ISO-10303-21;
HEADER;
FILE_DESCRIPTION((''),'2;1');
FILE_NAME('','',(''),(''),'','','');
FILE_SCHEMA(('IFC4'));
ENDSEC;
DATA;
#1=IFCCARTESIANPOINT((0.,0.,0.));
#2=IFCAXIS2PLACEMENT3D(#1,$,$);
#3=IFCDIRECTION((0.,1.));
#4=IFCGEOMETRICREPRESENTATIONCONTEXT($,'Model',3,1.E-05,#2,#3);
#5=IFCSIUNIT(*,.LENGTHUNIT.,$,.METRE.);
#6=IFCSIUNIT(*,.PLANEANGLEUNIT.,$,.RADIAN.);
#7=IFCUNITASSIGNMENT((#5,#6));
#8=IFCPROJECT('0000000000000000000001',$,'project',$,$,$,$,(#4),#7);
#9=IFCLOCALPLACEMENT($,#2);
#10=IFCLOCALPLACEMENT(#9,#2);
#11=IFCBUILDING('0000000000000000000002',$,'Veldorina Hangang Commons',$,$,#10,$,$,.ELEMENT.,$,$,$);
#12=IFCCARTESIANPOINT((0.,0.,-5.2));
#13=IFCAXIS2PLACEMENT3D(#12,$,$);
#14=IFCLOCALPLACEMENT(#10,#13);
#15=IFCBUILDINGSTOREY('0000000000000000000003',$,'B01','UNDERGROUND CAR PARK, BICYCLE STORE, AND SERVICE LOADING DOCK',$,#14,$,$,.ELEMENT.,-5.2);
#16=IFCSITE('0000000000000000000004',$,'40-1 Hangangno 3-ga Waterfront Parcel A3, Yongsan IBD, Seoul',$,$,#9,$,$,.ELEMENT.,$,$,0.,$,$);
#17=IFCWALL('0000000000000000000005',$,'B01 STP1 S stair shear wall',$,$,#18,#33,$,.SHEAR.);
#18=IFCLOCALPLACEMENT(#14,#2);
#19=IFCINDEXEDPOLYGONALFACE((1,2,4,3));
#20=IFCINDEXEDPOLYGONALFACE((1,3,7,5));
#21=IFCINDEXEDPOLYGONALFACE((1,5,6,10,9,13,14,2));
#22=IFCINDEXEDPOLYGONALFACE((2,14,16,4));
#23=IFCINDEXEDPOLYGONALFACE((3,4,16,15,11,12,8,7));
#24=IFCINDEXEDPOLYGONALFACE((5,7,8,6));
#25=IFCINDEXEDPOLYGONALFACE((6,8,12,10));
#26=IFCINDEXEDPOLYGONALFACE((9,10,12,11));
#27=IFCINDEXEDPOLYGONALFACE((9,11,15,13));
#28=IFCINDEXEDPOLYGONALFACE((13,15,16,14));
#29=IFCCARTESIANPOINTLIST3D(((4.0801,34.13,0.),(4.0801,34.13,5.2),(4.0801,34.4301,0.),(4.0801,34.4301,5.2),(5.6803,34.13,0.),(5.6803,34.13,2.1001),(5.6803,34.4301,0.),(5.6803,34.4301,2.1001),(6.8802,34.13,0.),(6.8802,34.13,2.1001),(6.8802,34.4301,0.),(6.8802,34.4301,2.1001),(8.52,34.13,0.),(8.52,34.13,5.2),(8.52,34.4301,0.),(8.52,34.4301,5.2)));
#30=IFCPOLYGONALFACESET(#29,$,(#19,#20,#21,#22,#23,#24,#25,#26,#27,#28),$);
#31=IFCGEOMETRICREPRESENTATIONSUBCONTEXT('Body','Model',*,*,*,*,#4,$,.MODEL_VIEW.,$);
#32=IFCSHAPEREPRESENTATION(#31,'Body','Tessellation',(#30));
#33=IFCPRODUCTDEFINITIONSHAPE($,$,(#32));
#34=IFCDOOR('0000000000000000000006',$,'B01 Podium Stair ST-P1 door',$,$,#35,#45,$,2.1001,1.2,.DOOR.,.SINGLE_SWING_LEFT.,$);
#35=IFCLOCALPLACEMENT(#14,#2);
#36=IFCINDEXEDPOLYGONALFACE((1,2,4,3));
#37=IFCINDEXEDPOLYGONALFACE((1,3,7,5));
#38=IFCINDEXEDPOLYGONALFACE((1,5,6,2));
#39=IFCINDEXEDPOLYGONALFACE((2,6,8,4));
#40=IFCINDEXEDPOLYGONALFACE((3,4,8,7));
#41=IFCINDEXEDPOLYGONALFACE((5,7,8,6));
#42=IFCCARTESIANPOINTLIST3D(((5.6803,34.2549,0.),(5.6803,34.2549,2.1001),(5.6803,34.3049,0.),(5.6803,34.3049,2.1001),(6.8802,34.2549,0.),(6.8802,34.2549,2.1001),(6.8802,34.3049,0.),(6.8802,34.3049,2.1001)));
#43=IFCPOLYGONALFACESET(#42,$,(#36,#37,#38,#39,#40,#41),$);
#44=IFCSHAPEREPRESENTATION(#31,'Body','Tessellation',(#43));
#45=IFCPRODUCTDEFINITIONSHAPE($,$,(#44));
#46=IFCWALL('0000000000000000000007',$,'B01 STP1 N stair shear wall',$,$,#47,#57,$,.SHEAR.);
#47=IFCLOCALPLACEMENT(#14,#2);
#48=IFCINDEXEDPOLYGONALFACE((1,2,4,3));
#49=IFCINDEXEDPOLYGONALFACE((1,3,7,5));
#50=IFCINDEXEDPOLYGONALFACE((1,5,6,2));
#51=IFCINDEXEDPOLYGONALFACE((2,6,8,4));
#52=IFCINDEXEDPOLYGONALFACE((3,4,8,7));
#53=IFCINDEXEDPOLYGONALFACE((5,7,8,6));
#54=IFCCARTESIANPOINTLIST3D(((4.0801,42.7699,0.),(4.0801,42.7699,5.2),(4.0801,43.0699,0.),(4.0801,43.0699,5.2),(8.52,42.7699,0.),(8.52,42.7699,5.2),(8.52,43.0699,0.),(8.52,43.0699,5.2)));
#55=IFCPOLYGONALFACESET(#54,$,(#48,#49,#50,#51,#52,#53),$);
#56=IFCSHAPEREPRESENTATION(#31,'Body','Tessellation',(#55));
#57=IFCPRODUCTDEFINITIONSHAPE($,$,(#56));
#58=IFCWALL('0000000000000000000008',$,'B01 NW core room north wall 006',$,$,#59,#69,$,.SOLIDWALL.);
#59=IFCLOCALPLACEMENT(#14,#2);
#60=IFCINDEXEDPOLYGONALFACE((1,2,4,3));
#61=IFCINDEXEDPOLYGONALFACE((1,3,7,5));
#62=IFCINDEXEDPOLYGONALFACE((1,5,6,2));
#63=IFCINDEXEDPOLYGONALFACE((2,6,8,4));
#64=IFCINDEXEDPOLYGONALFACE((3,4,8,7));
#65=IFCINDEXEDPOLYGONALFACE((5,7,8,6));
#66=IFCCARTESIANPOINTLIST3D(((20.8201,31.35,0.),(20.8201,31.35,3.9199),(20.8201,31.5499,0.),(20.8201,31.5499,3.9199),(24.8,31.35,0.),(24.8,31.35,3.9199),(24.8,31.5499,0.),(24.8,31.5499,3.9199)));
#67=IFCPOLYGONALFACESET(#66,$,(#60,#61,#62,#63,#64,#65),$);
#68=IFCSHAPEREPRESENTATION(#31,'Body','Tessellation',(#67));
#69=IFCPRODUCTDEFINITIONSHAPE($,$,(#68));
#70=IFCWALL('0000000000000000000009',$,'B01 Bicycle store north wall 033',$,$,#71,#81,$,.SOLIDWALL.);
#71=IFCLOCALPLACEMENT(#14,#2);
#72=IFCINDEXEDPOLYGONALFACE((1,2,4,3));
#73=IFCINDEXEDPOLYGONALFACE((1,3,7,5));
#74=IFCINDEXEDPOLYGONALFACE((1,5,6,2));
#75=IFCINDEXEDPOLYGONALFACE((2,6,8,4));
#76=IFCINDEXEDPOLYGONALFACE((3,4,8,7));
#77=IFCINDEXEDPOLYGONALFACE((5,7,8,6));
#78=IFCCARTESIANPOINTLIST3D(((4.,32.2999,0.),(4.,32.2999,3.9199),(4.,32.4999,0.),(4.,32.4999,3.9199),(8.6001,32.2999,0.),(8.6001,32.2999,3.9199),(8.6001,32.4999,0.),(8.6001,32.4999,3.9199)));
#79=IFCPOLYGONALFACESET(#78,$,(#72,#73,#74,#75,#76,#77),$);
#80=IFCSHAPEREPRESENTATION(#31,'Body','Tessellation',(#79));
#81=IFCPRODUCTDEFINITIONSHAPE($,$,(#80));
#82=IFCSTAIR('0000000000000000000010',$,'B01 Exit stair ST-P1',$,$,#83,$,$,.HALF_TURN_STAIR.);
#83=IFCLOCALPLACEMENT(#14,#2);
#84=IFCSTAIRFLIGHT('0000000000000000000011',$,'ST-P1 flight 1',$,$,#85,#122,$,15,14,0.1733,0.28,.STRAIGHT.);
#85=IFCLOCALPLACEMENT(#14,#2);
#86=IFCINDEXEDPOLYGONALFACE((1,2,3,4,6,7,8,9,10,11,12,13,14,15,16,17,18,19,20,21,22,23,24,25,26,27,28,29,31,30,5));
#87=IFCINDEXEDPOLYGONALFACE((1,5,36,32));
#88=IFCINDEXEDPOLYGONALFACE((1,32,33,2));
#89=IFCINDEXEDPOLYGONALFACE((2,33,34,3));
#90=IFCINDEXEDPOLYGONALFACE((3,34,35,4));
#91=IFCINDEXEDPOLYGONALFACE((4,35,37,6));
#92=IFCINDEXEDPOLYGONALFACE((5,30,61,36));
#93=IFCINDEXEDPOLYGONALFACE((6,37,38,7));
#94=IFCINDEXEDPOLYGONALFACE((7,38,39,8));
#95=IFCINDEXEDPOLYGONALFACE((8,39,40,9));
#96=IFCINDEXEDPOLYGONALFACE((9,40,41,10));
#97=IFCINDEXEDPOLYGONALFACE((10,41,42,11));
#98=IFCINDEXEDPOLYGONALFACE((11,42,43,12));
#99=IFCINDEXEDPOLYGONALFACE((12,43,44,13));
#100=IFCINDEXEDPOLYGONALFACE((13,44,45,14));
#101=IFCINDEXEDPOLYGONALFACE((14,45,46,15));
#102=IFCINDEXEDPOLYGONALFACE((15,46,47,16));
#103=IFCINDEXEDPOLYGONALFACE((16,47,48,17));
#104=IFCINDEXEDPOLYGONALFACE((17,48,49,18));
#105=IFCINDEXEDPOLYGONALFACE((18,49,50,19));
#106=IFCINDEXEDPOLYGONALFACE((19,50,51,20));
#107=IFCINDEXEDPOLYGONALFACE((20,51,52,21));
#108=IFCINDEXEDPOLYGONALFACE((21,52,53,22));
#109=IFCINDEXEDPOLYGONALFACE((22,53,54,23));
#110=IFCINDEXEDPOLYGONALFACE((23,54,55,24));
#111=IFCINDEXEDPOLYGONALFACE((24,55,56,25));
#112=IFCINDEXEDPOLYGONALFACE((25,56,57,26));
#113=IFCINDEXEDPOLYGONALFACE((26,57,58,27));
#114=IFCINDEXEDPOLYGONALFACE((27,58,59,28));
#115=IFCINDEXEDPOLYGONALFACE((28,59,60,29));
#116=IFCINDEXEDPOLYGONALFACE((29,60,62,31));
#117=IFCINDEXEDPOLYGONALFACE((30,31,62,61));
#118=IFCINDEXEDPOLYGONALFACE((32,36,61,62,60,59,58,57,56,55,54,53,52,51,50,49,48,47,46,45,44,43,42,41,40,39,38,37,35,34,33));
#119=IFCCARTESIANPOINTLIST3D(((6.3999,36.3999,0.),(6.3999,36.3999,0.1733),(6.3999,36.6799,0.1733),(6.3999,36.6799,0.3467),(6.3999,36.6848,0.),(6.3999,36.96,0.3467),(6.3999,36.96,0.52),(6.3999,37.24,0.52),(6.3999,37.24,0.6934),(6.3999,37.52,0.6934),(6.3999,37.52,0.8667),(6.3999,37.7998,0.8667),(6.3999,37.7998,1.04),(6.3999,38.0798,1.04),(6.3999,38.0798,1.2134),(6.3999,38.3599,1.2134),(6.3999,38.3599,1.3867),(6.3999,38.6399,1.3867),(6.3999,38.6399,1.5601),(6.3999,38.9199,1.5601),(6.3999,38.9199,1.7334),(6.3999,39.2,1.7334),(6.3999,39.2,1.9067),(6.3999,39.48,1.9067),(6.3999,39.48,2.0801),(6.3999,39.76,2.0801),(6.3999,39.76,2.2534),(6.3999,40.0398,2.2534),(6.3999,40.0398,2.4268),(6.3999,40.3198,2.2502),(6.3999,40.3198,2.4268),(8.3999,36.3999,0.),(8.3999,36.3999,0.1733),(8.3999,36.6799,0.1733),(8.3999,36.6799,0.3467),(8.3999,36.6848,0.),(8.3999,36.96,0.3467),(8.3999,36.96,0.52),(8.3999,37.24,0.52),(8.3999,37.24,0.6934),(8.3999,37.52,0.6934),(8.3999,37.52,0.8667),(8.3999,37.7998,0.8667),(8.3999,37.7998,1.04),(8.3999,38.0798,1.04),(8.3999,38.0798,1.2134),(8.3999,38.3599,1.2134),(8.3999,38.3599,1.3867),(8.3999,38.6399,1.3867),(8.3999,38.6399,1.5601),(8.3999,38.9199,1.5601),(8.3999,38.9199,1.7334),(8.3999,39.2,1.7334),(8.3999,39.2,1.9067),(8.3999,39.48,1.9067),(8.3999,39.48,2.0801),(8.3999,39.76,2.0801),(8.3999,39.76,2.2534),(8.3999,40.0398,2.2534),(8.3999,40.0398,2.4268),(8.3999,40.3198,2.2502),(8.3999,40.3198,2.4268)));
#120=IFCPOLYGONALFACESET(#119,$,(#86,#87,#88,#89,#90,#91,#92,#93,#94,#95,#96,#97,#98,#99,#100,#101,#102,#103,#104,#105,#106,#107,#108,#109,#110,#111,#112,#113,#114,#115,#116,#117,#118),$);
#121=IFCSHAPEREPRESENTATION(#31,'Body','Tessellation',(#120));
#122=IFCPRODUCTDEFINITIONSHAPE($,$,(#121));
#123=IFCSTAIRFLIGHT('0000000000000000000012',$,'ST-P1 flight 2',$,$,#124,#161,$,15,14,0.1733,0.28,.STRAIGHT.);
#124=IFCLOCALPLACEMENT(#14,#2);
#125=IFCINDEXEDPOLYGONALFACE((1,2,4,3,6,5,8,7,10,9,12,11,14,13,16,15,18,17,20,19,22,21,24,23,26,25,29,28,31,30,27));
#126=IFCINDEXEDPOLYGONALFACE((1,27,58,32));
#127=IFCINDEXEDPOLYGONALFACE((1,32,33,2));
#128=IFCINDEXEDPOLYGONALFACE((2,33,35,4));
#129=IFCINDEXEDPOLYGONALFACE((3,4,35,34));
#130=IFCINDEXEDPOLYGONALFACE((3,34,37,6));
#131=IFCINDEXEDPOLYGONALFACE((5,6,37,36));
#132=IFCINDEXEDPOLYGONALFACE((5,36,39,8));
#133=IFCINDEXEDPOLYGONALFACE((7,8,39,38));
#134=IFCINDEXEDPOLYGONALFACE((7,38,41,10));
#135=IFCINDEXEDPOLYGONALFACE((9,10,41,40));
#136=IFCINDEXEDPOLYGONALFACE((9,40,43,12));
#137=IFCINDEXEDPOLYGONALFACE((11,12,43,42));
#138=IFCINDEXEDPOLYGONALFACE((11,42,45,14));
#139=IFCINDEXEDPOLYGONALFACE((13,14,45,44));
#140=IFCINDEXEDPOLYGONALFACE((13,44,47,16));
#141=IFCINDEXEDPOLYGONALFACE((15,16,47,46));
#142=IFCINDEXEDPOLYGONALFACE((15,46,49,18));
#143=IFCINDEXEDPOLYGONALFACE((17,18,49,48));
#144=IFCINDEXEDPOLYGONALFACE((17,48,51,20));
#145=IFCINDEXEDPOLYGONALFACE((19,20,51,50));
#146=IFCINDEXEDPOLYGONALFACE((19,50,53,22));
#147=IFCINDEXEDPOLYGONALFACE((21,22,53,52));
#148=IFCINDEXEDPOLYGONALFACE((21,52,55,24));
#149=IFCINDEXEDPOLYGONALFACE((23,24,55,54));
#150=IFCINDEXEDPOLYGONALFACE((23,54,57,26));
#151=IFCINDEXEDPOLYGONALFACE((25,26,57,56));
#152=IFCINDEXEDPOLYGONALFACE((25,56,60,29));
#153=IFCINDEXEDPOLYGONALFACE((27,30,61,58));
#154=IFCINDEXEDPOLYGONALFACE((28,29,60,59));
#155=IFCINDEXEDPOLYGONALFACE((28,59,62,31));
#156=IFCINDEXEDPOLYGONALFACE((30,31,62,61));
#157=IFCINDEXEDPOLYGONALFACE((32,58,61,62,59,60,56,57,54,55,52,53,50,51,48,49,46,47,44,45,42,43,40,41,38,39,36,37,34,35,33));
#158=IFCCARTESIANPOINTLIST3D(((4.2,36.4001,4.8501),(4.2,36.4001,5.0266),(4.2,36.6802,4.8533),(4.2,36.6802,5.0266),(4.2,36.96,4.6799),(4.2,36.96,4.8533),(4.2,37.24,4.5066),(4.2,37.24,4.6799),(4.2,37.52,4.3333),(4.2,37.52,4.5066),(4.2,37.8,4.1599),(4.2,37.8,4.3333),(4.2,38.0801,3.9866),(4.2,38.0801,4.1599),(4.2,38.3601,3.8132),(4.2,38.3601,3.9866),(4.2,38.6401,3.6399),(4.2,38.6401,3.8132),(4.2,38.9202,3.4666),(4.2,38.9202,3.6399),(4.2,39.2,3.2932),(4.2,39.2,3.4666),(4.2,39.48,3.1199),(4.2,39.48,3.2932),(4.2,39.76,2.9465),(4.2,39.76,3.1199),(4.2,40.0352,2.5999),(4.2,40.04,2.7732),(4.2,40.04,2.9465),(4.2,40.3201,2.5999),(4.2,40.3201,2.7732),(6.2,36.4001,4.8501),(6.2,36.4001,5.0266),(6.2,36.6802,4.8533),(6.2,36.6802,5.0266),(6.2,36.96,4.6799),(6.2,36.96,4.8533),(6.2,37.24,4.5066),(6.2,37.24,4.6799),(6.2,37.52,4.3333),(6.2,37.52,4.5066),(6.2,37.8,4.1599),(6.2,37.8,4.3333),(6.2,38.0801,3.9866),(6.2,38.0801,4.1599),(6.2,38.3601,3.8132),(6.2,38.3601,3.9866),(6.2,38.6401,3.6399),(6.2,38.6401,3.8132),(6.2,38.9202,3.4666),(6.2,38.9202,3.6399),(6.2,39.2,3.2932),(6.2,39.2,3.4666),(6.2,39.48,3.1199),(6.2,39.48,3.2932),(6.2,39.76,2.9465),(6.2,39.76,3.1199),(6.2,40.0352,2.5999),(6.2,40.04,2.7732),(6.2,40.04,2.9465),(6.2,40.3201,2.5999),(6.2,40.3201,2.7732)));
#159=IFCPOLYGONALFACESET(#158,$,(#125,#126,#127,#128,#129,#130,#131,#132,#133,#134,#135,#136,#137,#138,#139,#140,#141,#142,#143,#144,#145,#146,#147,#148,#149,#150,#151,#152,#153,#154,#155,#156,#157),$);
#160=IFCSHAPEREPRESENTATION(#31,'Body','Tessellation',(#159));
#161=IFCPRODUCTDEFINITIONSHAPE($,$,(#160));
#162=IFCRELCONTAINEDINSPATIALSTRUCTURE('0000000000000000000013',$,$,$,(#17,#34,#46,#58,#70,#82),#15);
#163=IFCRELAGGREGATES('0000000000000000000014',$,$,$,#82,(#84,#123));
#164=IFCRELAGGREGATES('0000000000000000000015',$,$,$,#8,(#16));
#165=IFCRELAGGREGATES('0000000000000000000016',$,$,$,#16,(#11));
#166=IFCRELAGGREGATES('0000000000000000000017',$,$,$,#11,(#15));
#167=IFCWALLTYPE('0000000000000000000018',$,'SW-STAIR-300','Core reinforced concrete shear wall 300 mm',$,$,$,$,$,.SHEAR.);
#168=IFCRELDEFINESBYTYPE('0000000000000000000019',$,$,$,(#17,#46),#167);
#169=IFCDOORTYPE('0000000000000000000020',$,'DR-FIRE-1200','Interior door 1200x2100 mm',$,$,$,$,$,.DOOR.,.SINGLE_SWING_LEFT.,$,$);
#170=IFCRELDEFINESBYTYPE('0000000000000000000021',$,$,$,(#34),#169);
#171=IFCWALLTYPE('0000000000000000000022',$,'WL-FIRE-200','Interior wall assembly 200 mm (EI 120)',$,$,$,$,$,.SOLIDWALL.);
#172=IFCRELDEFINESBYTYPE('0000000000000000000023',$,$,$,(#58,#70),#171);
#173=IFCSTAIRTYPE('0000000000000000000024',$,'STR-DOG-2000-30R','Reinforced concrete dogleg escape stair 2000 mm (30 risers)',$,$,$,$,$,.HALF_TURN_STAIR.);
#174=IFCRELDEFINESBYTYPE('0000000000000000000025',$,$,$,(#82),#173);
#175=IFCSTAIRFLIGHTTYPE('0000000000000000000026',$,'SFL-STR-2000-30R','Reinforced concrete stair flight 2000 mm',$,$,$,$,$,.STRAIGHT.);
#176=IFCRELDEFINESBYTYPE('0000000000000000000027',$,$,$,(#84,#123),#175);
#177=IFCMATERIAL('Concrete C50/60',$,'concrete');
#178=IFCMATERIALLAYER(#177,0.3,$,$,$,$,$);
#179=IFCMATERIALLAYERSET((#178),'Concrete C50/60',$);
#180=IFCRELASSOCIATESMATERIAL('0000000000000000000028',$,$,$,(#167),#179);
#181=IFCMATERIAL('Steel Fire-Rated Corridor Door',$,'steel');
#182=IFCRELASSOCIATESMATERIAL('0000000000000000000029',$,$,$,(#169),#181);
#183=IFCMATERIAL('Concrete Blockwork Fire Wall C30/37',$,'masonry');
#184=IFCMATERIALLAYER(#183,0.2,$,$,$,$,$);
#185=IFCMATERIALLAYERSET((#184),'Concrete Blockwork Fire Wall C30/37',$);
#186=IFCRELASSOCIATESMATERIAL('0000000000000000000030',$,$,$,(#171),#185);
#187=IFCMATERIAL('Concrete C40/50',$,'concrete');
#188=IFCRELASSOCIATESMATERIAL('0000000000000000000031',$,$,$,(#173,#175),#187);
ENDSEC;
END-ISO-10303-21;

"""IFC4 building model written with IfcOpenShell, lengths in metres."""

from ifc_helpers import new_model, si_unit, direction, frame, frame_2d, origin, place, context, subcontext, project, spatial, polyline, rectangle, outline, extrude, material, layer, layer_set, type_object, element, fill, aggregate, save


model = new_model("IFC4")

# Units and contexts
model_context = context("Model", 3, precision=1e-05, world=origin(), true_north=direction((0.0, 1.0)))
body_context = subcontext(model_context, "Body", "Model", "MODEL_VIEW")
ifc_project = project(units=[si_unit("LENGTHUNIT", "METRE"), si_unit("PLANEANGLEUNIT", "RADIAN")], contexts=[model_context])

# Site, building, storey
site_placement = place(None, origin())
site = spatial("IfcSite", under=ifc_project, at=site_placement, Name="40-1 Hangangno 3-ga Waterfront Parcel A3, Yongsan IBD, Seoul", CompositionType="ELEMENT", RefElevation=0.0)
building_placement = place(site_placement, origin())
building = spatial("IfcBuilding", under=site, at=building_placement, Name="Veldorina Hangang Commons", CompositionType="ELEMENT")
storey_placement = place(building_placement, frame((0.0, 0.0, -5.2)))
storey = spatial("IfcBuildingStorey", under=building, at=storey_placement, Name="B01", Description="UNDERGROUND CAR PARK, BICYCLE STORE, AND SERVICE LOADING DOCK", CompositionType="ELEMENT", Elevation=-5.2)

# Shared definitions
ifc_material_1 = material(Name="Concrete C50/60", Category="concrete")

# Shared definitions
ifc_layer_1 = layer(ifc_material_1, 0.3)
ifc_layer_set_1 = layer_set([ifc_layer_1], Name="Concrete C50/60")
wall_type_1 = type_object("IfcWallType", Name="SW-STAIR-300", Description="Core reinforced concrete shear wall 300 mm", PredefinedType="SHEAR", material=ifc_layer_set_1)

# Wall, opening, door
wall_1_placement = place(storey_placement, frame((4.0801, 34.28, 0.0), z_axis=(0.0, 0.0, 1.0), x_axis=(1.0, 0.0, 0.0)))
wall_1 = element("IfcWall", 1, at=wall_1_placement, inside=storey, type_object=wall_type_1, Name="B01 STP1 S stair shear wall", PredefinedType="SHEAR", context=body_context, shape_type="SweptSolid", body=[
    extrude(rectangle(XDim=4.4399, YDim=0.3, at=frame_2d((2.22, 0.0))), origin(), (0.0, 0.0, 1.0), 5.2),
])
opening_placement = place(wall_1_placement, frame((1.6001, 0.0, 0.0)))
opening = element("IfcOpeningElement", 2, at=opening_placement, cuts=wall_1, PredefinedType="OPENING", context=body_context, shape_type="SweptSolid", body=[
    extrude(rectangle(XDim=1.2, YDim=2.1001, at=frame_2d((0.6001, 1.05))), frame((0.0, 0.1602, 0.0), z_axis=(0.0, -1.0, 0.0), x_axis=(1.0, 0.0, 0.0)), (0.0, 0.0, 1.0), 0.3201),
])
ifc_material_2 = material(Name="Steel Fire-Rated Corridor Door", Category="steel")
door_type = type_object("IfcDoorType", Name="DR-FIRE-1200", Description="Interior door 1200x2100 mm", OperationType="SINGLE_SWING_LEFT", PredefinedType="DOOR", material=ifc_material_2)
door_placement = place(opening_placement, origin())
door = element("IfcDoor", 3, at=door_placement, inside=storey, type_object=door_type, Name="B01 Podium Stair ST-P1 door", OperationType="SINGLE_SWING_LEFT", OverallHeight=2.1001, OverallWidth=1.2, PredefinedType="DOOR", context=body_context, shape_type="SweptSolid", body=[
    extrude(rectangle(XDim=1.2, YDim=2.1001, at=frame_2d((0.6001, 1.05))), frame((0.0, 0.0249, 0.0), z_axis=(0.0, -1.0, 0.0), x_axis=(1.0, 0.0, 0.0)), (0.0, 0.0, 1.0), 0.05),
])
fill(opening, door)

# Walls
wall_2_placement = place(storey_placement, frame((4.0801, 42.9199, 0.0), z_axis=(0.0, 0.0, 1.0), x_axis=(1.0, 0.0, 0.0)))
element("IfcWall", 4, at=wall_2_placement, inside=storey, type_object=wall_type_1, Name="B01 STP1 N stair shear wall", PredefinedType="SHEAR", context=body_context, shape_type="SweptSolid", body=[
    extrude(rectangle(XDim=4.4399, YDim=0.3, at=frame_2d((2.22, 0.0))), origin(), (0.0, 0.0, 1.0), 5.2),
])
ifc_material_3 = material(Name="Concrete Blockwork Fire Wall C30/37", Category="masonry")
ifc_layer_2 = layer(ifc_material_3, 0.2)
ifc_layer_set_2 = layer_set([ifc_layer_2], Name="Concrete Blockwork Fire Wall C30/37")
wall_type_2 = type_object("IfcWallType", Name="WL-FIRE-200", Description="Interior wall assembly 200 mm (EI 120)", PredefinedType="SOLIDWALL", material=ifc_layer_set_2)
wall_3_placement = place(storey_placement, frame((20.8201, 31.45, 0.0), z_axis=(0.0, 0.0, 1.0), x_axis=(1.0, 0.0, 0.0)))
element("IfcWall", 5, at=wall_3_placement, inside=storey, type_object=wall_type_2, Name="B01 NW core room north wall 006", PredefinedType="SOLIDWALL", context=body_context, shape_type="SweptSolid", body=[
    extrude(rectangle(XDim=3.98, YDim=0.2, at=frame_2d((1.99, 0.0))), origin(), (0.0, 0.0, 1.0), 3.9199),
])
wall_4_placement = place(storey_placement, frame((4.0, 32.3999, 0.0), z_axis=(0.0, 0.0, 1.0), x_axis=(1.0, 0.0, 0.0)))
element("IfcWall", 6, at=wall_4_placement, inside=storey, type_object=wall_type_2, Name="B01 Bicycle store north wall 033", PredefinedType="SOLIDWALL", context=body_context, shape_type="SweptSolid", body=[
    extrude(rectangle(XDim=4.6001, YDim=0.2, at=frame_2d((2.3, 0.0))), origin(), (0.0, 0.0, 1.0), 3.9199),
])

# Stair, stair flights
ifc_material_4 = material(Name="Concrete C40/50", Category="concrete")
stair_type = type_object("IfcStairType", Name="STR-DOG-2000-30R", Description="Reinforced concrete dogleg escape stair 2000 mm (30 risers)", PredefinedType="HALF_TURN_STAIR", material=ifc_material_4)
stair_placement = place(storey_placement, origin())
stair = element("IfcStair", 7, at=stair_placement, inside=storey, type_object=stair_type, Name="B01 Exit stair ST-P1", PredefinedType="HALF_TURN_STAIR")
stair_flight_type = type_object("IfcStairFlightType", Name="SFL-STR-2000-30R", Description="Reinforced concrete stair flight 2000 mm", PredefinedType="STRAIGHT", material=ifc_material_4)
stair_flight_1_placement = place(storey_placement, frame((7.3999, 36.3999, 0.0), z_axis=(0.0, 0.0, 1.0), x_axis=(0.0, 1.0, 0.0)))
stair_flight_1 = element("IfcStairFlight", 8, at=stair_flight_1_placement, type_object=stair_flight_type, Name="ST-P1 flight 1", NumberOfRisers=15, NumberOfTreads=14, PredefinedType="STRAIGHT", RiserHeight=0.1733, TreadLength=0.28, context=body_context, shape_type="SweptSolid", body=[
    extrude(outline(polyline([(0.0, 0.0), (0.0, 0.1733), (0.28, 0.1733), (0.28, 0.3467), (0.5601, 0.3467), (0.5601, 0.52), (0.8401, 0.52), (0.8401, 0.6934), (1.1201, 0.6934), (1.1201, 0.8667), (1.3999, 0.8667), (1.3999, 1.04), (1.6799, 1.04), (1.6799, 1.2134), (1.96, 1.2134), (1.96, 1.3867), (2.24, 1.3867), (2.24, 1.5601), (2.52, 1.5601), (2.52, 1.7334), (2.8, 1.7334), (2.8, 1.9067), (3.0801, 1.9067), (3.0801, 2.0801), (3.3601, 2.0801), (3.3601, 2.2534), (3.6399, 2.2534), (3.6399, 2.4268), (3.9199, 2.4268), (3.9199, 2.6001), (3.9199, 2.2502), (0.2849, 0.0), (0.0, 0.0)])), frame((0.0, 1.0, 0.0), z_axis=(0.0, -1.0, 0.0), x_axis=(1.0, 0.0, 0.0)), (0.0, 0.0, 1.0), 2.0),
])
stair_flight_2_placement = place(storey_placement, frame((5.2, 40.3201, 2.5999), z_axis=(0.0, 0.0, 1.0), x_axis=(0.0, -1.0, 0.0)))
stair_flight_2 = element("IfcStairFlight", 9, at=stair_flight_2_placement, type_object=stair_flight_type, Name="ST-P1 flight 2", NumberOfRisers=15, NumberOfTreads=14, PredefinedType="STRAIGHT", RiserHeight=0.1733, TreadLength=0.28, context=body_context, shape_type="SweptSolid", body=[
    extrude(outline(polyline([(0.0, 0.0), (0.0, 0.1733), (0.28, 0.1733), (0.28, 0.3467), (0.5601, 0.3467), (0.5601, 0.52), (0.8401, 0.52), (0.8401, 0.6934), (1.1201, 0.6934), (1.1201, 0.8667), (1.3999, 0.8667), (1.3999, 1.04), (1.6799, 1.04), (1.6799, 1.2134), (1.96, 1.2134), (1.96, 1.3867), (2.24, 1.3867), (2.24, 1.5601), (2.52, 1.5601), (2.52, 1.7334), (2.8, 1.7334), (2.8, 1.9067), (3.0801, 1.9067), (3.0801, 2.0801), (3.3601, 2.0801), (3.3601, 2.2534), (3.6399, 2.2534), (3.6399, 2.4268), (3.9199, 2.4268), (3.9199, 2.6001), (3.9199, 2.2502), (0.2849, 0.0), (0.0, 0.0)])), frame((0.0, 1.0, 0.0), z_axis=(0.0, -1.0, 0.0), x_axis=(1.0, 0.0, 0.0)), (0.0, 0.0, 1.0), 2.0),
])
aggregate(stair, [stair_flight_1, stair_flight_2])

save(model, "model.ifc")
